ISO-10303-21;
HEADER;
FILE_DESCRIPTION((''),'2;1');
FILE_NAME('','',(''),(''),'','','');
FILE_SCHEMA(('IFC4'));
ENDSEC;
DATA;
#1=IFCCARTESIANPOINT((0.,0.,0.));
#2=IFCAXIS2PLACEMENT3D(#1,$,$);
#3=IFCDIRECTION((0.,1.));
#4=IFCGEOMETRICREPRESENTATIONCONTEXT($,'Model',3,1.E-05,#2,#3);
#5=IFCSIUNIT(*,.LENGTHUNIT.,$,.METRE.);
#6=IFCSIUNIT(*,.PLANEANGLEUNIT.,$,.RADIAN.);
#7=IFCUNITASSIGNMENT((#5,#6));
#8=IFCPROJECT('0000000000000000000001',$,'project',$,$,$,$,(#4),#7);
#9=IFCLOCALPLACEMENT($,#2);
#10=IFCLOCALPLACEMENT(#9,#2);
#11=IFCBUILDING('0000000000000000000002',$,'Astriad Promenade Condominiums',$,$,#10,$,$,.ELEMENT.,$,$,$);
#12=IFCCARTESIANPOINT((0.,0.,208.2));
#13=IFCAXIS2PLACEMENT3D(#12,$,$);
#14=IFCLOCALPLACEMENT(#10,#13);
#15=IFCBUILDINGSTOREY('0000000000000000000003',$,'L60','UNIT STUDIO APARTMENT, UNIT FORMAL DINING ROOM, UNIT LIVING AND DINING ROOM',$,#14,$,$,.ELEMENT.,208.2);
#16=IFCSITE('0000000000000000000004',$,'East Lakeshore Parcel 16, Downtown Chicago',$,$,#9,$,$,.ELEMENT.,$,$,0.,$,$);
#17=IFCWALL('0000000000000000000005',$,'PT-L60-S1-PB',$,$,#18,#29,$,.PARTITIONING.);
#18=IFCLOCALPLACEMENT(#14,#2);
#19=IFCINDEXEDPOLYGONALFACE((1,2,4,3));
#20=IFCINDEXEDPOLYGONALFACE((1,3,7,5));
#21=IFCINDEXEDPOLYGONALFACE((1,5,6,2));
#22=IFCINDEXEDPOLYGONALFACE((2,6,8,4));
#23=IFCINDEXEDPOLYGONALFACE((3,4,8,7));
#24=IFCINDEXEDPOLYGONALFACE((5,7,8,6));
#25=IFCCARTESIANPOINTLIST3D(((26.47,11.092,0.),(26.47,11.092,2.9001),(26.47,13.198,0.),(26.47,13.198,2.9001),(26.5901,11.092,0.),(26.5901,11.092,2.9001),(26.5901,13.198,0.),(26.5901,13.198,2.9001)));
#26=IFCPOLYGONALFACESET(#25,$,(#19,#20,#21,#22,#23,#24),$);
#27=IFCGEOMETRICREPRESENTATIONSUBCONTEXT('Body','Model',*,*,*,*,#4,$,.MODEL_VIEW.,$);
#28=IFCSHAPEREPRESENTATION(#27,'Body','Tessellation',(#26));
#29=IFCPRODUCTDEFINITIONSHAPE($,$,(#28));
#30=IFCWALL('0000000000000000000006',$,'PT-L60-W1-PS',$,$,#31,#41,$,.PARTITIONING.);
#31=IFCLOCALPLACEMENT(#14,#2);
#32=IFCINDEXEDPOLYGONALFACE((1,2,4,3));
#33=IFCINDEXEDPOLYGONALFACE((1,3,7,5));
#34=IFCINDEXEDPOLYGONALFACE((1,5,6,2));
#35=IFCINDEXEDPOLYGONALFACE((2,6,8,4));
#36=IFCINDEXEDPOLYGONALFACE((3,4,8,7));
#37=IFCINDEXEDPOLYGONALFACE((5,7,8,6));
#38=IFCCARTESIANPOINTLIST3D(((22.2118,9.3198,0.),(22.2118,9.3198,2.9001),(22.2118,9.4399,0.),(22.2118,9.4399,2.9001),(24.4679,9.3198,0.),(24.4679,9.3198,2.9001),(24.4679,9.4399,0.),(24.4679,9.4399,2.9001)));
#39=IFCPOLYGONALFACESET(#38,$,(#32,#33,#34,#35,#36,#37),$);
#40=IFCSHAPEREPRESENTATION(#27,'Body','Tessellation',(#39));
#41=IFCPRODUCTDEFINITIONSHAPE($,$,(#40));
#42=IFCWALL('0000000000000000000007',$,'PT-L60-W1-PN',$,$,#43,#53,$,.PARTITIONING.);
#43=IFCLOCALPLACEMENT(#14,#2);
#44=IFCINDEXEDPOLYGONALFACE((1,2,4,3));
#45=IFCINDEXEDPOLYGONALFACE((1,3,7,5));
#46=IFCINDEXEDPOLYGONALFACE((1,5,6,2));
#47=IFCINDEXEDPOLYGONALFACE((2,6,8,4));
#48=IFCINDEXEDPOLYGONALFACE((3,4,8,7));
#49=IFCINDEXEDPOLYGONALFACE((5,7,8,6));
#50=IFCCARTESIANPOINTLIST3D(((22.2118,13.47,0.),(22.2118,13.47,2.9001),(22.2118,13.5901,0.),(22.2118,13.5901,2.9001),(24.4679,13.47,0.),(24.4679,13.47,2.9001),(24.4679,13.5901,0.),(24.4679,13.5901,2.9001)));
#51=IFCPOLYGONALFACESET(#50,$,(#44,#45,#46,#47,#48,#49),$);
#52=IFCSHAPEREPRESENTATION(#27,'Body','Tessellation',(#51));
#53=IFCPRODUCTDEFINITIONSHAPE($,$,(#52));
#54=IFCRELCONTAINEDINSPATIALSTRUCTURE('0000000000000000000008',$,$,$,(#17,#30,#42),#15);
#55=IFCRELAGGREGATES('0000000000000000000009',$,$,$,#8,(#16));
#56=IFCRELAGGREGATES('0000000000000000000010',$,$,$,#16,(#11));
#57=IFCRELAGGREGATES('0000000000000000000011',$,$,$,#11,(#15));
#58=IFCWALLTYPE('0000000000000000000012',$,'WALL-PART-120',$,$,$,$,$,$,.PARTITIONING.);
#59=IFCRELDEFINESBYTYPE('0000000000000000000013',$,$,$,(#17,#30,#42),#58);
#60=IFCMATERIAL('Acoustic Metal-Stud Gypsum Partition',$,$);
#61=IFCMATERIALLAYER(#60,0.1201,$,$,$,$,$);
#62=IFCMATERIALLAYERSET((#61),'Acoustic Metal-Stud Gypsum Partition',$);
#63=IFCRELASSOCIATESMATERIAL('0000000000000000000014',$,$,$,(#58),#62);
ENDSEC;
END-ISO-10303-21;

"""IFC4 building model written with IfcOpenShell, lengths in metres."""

from ifc_helpers import new_model, si_unit, direction, frame, frame_2d, origin, place, context, subcontext, project, spatial, rectangle, extrude, material, layer, layer_set, type_object, element, save


model = new_model("IFC4")

# Units and contexts
model_context = context("Model", 3, precision=1e-05, world=origin(), true_north=direction((0.0, 1.0)))
body_context = subcontext(model_context, "Body", "Model", "MODEL_VIEW")
ifc_project = project(units=[si_unit("LENGTHUNIT", "METRE"), si_unit("PLANEANGLEUNIT", "RADIAN")], contexts=[model_context])

# Site, building, storey
site_placement = place(None, origin())
site = spatial("IfcSite", under=ifc_project, at=site_placement, Name="East Lakeshore Parcel 16, Downtown Chicago", CompositionType="ELEMENT", RefElevation=0.0)
building_placement = place(site_placement, origin())
building = spatial("IfcBuilding", under=site, at=building_placement, Name="Astriad Promenade Condominiums", CompositionType="ELEMENT")
storey_placement = place(building_placement, frame((0.0, 0.0, 208.2)))
storey = spatial("IfcBuildingStorey", under=building, at=storey_placement, Name="L60", Description="UNIT STUDIO APARTMENT, UNIT FORMAL DINING ROOM, UNIT LIVING AND DINING ROOM", CompositionType="ELEMENT", Elevation=208.2)

# Shared definitions
ifc_material_1 = material(Name="Acoustic Metal-Stud Gypsum Partition")
ifc_layer_1 = layer(ifc_material_1, 0.1201)
ifc_layer_set_1 = layer_set([ifc_layer_1], Name="Acoustic Metal-Stud Gypsum Partition")
wall_type_1 = type_object("IfcWallType", Name="WALL-PART-120", PredefinedType="PARTITIONING", material=ifc_layer_set_1)

# Walls
for number, where, z_axis, x_axis, name in (
    (1, (26.53, 11.092, 0.0), (0.0, 0.0, 1.0), (0.0, 1.0, 0.0), "PT-L60-S1-PB"),
):
    element("IfcWall", number, at=place(storey_placement, frame(where, z_axis=z_axis, x_axis=x_axis)), inside=storey, type_object=wall_type_1, Name=name, PredefinedType="PARTITIONING", context=body_context, shape_type="SweptSolid", body=[
        extrude(rectangle(XDim=2.106, YDim=0.1201, at=frame_2d((1.053, 0.0))), origin(), (0.0, 0.0, 1.0), 2.9001),
    ])
for number, where, z_axis, x_axis, name in (
    (2, (22.2119, 9.3799, 0.0), (0.0, 0.0, 1.0), (1.0, 0.0, 0.0), "PT-L60-W1-PS"),
    (3, (22.2119, 13.53, 0.0), (0.0, 0.0, 1.0), (1.0, 0.0, 0.0), "PT-L60-W1-PN"),
):
    element("IfcWall", number, at=place(storey_placement, frame(where, z_axis=z_axis, x_axis=x_axis)), inside=storey, type_object=wall_type_1, Name=name, PredefinedType="PARTITIONING", context=body_context, shape_type="SweptSolid", body=[
        extrude(rectangle(XDim=2.2561, YDim=0.1201, at=frame_2d((1.1279, 0.0))), origin(), (0.0, 0.0, 1.0), 2.9001),
    ])

save(model, "model.ifc")
